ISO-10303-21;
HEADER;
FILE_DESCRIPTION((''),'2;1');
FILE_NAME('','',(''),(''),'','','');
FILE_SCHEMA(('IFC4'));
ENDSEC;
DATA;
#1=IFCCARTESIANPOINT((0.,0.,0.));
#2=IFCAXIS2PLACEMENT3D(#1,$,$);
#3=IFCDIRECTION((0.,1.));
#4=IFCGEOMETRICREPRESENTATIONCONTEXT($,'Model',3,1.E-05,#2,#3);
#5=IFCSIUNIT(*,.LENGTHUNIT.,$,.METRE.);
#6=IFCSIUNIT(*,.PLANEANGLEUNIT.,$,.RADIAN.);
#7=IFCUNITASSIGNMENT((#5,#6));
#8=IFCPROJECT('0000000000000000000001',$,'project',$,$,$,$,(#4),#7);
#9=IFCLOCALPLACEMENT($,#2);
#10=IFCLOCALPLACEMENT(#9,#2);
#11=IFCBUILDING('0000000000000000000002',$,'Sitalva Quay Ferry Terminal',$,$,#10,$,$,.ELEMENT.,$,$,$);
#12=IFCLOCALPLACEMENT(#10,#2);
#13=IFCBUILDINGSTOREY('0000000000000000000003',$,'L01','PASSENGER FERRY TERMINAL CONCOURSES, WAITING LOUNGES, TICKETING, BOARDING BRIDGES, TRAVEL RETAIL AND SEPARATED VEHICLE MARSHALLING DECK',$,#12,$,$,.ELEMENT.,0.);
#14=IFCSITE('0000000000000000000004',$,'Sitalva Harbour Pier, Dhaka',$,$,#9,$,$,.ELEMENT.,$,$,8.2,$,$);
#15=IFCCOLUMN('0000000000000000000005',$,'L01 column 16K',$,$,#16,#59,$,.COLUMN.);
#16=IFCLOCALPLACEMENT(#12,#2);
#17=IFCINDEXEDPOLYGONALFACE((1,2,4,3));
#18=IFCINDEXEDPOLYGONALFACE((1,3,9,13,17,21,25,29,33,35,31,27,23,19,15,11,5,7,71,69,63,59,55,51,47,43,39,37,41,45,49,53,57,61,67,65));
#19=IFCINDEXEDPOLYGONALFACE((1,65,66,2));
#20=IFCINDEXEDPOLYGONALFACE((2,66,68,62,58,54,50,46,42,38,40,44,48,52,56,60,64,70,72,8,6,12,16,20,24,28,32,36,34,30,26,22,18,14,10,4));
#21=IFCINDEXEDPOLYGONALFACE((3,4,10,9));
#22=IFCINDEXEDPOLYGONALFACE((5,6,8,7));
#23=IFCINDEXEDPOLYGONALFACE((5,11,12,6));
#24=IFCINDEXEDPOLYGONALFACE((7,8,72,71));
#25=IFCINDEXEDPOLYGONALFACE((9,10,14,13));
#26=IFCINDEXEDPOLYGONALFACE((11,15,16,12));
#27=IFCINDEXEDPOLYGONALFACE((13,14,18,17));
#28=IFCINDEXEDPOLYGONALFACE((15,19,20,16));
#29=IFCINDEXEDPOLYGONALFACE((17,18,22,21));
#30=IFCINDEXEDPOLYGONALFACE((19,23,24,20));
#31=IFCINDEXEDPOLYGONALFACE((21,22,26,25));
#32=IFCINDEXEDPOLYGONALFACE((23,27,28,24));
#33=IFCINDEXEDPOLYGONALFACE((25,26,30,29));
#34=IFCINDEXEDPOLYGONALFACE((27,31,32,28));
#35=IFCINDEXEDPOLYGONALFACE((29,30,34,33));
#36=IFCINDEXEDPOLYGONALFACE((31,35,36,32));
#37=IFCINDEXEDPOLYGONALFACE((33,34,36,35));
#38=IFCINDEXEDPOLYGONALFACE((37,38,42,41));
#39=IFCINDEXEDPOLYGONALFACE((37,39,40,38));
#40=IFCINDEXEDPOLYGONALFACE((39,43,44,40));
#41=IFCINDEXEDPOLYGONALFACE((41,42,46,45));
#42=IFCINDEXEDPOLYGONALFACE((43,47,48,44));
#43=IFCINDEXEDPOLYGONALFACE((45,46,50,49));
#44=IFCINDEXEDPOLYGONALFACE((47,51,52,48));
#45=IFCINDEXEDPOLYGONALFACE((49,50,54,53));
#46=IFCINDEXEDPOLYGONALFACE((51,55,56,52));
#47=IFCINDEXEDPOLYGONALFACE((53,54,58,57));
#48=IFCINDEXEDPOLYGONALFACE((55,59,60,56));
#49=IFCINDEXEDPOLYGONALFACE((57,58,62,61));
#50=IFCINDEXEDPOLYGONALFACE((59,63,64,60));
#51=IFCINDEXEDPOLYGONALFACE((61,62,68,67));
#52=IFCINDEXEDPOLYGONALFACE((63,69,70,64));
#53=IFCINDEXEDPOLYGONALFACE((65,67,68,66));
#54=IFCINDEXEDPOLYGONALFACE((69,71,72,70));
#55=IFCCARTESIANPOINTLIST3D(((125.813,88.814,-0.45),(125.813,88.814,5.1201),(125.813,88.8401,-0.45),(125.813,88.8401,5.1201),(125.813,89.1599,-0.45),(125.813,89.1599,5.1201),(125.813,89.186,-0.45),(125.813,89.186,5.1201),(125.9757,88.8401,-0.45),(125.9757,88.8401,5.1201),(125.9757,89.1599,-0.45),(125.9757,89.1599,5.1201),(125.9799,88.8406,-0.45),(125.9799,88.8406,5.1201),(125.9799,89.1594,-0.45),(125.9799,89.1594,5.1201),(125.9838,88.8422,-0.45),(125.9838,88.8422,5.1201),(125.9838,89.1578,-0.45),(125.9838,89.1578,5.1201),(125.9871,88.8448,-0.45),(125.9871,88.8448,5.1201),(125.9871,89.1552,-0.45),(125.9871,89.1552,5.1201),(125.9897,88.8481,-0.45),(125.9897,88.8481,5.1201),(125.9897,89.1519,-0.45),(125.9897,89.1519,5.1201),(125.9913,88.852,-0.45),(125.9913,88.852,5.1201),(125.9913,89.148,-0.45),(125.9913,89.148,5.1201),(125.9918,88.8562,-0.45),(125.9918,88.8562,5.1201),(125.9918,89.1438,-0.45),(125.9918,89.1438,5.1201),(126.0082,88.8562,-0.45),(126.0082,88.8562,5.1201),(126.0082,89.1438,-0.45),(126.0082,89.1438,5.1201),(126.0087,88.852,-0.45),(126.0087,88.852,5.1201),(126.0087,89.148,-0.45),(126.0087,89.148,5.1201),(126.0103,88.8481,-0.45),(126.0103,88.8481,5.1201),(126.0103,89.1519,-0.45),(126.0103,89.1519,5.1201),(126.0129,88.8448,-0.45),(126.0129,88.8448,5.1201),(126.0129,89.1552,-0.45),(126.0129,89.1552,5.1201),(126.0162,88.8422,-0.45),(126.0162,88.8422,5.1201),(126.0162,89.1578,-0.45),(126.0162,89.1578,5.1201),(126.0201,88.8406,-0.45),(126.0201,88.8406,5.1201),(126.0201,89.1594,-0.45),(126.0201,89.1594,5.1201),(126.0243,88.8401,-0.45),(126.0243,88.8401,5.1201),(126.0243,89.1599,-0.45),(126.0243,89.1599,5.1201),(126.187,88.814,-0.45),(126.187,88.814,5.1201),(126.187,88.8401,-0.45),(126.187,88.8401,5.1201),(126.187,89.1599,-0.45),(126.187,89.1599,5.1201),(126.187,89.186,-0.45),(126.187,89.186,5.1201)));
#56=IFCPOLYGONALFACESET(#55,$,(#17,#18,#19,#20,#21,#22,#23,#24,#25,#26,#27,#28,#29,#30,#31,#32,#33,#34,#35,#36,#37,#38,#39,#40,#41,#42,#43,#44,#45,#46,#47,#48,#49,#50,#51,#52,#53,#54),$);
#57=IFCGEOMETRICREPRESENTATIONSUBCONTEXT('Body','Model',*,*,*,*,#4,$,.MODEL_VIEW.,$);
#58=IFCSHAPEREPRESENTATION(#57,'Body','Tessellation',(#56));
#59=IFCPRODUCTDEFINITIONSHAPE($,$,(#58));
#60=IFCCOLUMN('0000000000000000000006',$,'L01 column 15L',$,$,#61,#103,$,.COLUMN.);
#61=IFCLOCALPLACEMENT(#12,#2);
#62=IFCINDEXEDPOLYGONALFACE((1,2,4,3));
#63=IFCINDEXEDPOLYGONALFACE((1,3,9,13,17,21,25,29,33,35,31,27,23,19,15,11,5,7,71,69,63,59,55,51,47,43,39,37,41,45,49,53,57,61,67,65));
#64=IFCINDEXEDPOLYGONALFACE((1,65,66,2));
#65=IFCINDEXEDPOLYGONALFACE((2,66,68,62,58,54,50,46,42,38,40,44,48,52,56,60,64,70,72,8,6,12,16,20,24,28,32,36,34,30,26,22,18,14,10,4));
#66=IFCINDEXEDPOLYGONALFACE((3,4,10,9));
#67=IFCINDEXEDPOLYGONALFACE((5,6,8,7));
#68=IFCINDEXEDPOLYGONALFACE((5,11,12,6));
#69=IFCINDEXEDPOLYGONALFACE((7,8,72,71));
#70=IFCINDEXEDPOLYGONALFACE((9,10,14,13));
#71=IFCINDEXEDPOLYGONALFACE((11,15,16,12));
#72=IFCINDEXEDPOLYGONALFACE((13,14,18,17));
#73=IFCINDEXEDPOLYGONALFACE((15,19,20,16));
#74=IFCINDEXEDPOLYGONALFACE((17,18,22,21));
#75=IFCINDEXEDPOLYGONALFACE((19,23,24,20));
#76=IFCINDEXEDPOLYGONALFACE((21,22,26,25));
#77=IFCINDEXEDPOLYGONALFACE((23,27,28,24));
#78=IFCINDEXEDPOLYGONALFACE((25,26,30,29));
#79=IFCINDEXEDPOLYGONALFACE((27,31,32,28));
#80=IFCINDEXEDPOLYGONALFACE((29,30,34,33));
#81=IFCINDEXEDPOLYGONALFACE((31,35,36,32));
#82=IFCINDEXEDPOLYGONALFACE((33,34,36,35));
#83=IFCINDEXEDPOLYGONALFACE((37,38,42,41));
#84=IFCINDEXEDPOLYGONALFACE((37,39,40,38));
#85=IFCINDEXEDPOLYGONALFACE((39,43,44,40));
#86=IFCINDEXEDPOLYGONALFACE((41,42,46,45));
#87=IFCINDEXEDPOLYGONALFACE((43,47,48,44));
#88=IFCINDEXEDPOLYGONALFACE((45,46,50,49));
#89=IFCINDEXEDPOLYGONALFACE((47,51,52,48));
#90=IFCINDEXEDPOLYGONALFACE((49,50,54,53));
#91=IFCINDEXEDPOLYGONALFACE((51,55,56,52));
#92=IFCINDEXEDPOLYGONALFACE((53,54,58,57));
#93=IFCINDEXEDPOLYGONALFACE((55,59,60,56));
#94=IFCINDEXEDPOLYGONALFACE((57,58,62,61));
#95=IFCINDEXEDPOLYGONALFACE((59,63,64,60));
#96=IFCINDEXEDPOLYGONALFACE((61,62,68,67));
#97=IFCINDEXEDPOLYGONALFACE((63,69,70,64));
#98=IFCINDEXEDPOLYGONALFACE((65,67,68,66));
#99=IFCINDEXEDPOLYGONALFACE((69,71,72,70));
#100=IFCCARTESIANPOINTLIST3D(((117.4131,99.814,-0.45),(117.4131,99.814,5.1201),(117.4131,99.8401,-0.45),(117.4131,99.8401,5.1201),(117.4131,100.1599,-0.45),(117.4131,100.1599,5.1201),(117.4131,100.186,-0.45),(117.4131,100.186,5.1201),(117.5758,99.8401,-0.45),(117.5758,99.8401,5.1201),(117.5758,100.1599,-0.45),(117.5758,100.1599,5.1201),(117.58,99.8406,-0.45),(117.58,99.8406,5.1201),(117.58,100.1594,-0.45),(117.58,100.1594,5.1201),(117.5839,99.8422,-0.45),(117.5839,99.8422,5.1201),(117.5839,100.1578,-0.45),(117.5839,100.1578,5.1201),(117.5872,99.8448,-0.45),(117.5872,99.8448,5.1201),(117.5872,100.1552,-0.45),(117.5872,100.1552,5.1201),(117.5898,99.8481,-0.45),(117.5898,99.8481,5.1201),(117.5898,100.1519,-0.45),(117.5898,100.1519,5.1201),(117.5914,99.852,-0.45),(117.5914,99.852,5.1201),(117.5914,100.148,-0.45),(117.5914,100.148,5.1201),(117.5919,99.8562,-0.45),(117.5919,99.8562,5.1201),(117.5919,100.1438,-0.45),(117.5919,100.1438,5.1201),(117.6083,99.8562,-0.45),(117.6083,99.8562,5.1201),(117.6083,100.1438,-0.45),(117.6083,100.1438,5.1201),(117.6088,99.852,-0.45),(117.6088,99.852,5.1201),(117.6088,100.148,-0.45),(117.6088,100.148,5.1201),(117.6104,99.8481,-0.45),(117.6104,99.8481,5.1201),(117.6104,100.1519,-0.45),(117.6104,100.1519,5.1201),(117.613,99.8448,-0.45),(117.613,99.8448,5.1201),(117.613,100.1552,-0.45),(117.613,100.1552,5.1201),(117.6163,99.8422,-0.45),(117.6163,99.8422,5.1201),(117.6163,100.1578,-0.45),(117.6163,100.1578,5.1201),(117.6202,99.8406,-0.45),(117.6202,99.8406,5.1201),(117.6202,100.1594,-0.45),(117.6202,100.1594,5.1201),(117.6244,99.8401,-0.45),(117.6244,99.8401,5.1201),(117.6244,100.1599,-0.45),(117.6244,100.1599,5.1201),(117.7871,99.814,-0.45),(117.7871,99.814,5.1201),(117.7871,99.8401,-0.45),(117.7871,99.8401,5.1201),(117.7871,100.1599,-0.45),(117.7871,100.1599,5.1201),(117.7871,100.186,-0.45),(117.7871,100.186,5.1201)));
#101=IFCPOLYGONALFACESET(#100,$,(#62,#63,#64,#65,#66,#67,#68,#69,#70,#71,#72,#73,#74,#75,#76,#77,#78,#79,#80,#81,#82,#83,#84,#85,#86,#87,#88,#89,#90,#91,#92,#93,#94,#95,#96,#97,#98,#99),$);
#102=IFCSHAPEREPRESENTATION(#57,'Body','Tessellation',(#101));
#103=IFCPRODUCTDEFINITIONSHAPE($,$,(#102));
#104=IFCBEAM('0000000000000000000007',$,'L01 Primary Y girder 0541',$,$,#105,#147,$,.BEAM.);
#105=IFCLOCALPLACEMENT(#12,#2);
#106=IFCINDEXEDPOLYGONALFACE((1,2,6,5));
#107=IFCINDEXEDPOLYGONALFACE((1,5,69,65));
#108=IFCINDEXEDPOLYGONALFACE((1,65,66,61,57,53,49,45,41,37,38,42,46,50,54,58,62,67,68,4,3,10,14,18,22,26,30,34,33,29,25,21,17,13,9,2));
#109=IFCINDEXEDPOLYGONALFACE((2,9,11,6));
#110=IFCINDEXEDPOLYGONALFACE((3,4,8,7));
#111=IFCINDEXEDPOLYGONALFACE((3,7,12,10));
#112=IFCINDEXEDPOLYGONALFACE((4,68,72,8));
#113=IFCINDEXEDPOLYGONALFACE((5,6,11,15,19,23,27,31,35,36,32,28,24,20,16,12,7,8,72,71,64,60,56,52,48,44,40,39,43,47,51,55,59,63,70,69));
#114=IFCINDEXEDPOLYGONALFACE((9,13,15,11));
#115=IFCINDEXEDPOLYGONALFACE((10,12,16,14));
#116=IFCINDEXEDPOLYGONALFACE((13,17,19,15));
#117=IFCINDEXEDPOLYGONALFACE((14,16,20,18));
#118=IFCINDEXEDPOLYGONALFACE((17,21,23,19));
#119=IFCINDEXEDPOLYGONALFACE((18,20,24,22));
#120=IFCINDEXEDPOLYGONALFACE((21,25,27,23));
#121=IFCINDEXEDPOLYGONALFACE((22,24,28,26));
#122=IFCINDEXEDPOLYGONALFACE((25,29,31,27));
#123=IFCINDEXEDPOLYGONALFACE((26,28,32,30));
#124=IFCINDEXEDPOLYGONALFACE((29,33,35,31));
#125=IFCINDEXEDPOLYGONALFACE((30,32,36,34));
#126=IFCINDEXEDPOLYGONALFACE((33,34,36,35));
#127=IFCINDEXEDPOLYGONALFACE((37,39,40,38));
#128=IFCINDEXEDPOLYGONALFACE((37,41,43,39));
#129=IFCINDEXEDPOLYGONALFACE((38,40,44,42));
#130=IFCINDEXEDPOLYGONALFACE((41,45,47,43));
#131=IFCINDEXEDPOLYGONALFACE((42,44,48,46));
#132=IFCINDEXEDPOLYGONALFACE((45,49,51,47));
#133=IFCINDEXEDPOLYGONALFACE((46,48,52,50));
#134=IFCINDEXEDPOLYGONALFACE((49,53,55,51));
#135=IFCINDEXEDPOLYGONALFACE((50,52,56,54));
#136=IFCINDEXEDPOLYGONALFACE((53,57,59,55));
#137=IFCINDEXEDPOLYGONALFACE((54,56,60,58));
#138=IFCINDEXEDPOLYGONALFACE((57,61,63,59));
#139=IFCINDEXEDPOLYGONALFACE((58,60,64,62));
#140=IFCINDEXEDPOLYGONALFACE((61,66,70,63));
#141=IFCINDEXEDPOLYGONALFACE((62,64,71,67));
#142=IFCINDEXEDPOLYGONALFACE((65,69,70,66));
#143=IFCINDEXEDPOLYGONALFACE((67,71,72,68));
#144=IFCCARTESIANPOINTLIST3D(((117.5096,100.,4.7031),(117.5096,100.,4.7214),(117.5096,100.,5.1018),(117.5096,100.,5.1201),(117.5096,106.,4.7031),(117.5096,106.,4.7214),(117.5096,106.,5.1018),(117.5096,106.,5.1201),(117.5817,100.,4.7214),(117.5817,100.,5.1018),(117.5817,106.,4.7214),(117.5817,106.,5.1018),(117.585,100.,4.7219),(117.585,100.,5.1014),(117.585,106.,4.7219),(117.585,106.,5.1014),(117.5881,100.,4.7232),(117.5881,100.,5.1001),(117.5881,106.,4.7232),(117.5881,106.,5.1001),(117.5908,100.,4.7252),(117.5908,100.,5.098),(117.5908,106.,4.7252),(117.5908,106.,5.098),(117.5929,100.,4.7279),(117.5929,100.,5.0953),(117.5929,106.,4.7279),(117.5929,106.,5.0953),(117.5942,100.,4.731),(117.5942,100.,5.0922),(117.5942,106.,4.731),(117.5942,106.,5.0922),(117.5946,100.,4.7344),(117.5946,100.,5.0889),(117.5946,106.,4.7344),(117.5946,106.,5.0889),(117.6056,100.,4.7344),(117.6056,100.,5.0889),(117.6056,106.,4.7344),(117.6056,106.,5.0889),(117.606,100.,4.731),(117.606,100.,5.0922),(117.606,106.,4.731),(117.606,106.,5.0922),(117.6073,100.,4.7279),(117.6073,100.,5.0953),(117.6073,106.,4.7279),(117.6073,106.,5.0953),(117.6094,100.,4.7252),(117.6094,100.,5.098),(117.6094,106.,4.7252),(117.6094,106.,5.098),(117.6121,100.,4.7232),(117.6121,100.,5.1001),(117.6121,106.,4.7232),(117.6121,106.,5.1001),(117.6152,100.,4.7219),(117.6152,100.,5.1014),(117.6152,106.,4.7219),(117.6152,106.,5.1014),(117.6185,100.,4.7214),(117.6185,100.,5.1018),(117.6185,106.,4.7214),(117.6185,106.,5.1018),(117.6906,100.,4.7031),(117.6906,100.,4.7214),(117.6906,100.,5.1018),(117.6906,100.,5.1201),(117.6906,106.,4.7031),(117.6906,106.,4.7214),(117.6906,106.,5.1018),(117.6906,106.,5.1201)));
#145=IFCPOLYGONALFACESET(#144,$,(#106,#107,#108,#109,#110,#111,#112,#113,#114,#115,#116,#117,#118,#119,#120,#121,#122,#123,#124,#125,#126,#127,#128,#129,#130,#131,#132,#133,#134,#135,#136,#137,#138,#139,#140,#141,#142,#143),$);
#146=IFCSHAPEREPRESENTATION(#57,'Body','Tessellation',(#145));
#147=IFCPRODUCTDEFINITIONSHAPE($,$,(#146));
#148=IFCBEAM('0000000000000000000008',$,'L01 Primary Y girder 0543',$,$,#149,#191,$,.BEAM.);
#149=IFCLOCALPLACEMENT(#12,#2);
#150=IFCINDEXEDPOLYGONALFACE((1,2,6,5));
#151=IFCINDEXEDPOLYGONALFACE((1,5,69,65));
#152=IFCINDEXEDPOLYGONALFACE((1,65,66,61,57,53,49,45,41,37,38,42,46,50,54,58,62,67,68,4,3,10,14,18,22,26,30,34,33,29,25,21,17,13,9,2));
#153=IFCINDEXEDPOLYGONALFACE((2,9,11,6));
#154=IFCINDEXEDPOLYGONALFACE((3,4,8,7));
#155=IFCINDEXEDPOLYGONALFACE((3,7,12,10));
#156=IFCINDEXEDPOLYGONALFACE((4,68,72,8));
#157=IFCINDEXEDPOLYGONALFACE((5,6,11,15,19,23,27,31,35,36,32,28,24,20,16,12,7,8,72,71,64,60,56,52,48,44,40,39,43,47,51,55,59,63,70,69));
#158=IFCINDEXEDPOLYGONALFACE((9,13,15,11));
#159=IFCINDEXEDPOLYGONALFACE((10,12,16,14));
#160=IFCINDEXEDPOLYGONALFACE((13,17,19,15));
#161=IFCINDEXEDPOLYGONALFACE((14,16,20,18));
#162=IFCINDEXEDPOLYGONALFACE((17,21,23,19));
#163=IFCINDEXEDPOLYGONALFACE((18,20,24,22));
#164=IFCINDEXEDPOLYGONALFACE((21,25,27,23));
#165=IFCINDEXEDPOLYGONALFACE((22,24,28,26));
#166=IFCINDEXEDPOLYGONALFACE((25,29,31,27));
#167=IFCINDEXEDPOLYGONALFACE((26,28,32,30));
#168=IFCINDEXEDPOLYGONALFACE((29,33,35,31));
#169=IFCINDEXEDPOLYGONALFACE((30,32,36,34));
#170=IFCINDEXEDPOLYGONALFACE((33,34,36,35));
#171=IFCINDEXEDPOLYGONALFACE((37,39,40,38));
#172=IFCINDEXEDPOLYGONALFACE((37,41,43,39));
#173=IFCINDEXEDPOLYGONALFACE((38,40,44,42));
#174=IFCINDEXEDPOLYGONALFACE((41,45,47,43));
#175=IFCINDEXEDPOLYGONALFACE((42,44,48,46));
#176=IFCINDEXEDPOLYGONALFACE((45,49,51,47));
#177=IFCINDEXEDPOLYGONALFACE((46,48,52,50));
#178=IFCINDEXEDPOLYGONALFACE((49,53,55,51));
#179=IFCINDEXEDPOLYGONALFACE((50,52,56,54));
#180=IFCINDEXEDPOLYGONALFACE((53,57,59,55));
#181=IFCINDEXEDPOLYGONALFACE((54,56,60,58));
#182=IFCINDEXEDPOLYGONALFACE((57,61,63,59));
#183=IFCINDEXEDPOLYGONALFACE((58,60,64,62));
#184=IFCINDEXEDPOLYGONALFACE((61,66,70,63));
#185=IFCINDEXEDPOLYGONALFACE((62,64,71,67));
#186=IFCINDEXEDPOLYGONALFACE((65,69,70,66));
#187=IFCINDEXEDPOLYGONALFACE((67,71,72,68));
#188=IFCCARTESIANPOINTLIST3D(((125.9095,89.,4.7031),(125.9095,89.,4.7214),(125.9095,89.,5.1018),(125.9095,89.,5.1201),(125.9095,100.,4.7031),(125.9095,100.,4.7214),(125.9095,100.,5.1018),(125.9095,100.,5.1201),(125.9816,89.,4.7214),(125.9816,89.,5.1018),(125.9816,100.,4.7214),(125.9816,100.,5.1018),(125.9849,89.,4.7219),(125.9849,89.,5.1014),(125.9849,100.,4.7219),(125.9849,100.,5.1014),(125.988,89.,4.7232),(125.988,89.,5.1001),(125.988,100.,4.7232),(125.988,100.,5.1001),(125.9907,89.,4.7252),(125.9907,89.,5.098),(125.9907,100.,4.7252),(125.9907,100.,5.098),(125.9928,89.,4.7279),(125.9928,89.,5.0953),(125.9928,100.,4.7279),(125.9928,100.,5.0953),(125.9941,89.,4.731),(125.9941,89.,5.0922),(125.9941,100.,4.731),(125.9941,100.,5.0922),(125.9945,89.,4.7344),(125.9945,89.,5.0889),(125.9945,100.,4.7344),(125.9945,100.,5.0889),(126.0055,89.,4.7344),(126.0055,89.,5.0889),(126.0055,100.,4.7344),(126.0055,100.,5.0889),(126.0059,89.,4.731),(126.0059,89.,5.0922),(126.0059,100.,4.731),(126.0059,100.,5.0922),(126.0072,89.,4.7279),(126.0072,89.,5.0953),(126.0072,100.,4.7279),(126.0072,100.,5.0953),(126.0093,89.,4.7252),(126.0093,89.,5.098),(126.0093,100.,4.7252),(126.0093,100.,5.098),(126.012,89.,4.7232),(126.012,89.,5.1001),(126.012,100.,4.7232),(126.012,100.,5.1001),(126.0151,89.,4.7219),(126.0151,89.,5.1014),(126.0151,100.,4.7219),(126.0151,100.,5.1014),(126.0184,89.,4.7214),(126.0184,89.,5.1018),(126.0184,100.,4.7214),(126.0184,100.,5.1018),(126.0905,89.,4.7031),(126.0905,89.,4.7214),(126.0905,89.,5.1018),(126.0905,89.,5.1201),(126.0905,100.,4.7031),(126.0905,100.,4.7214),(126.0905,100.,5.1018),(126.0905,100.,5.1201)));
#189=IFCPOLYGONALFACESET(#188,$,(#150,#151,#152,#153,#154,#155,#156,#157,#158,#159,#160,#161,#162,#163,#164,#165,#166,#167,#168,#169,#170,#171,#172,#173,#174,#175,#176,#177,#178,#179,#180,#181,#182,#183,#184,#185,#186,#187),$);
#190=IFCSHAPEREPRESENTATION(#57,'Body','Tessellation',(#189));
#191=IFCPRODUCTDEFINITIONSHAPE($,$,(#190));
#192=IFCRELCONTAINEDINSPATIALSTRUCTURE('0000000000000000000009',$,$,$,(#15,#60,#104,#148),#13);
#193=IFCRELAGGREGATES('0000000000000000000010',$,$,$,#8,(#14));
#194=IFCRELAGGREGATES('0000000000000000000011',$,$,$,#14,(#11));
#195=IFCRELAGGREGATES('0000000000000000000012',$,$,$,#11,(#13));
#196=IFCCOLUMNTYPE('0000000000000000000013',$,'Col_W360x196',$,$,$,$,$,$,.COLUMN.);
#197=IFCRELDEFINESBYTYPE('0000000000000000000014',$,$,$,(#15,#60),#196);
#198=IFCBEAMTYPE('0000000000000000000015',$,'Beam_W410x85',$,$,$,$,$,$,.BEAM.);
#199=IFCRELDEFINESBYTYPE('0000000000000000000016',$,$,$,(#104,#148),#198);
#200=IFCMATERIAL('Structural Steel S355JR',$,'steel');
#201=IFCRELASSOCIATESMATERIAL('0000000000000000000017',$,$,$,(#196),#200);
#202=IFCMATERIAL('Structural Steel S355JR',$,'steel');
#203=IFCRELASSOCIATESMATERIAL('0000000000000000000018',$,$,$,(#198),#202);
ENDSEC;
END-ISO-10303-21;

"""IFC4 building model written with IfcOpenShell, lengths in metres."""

from ifc_helpers import new_model, si_unit, direction, frame, origin, origin_2d, place, context, subcontext, project, spatial, i_section, extrude, material, material_profile, profile_set, type_object, element, save


model = new_model("IFC4")

# Units and contexts
model_context = context("Model", 3, precision=1e-05, world=origin(), true_north=direction((0.0, 1.0)))
body_context = subcontext(model_context, "Body", "Model", "MODEL_VIEW")
ifc_project = project(units=[si_unit("LENGTHUNIT", "METRE"), si_unit("PLANEANGLEUNIT", "RADIAN")], contexts=[model_context])

# Site, building, storey
site_placement = place(None, origin())
site = spatial("IfcSite", under=ifc_project, at=site_placement, Name="Sitalva Harbour Pier, Dhaka", CompositionType="ELEMENT", RefElevation=8.2)
building_placement = place(site_placement, origin())
building = spatial("IfcBuilding", under=site, at=building_placement, Name="Sitalva Quay Ferry Terminal", CompositionType="ELEMENT")
storey_placement = place(building_placement, origin())
storey = spatial("IfcBuildingStorey", under=building, at=storey_placement, Name="L01", Description="PASSENGER FERRY TERMINAL CONCOURSES, WAITING LOUNGES, TICKETING, BOARDING BRIDGES, TRAVEL RETAIL AND SEPARATED VEHICLE MARSHALLING DECK", CompositionType="ELEMENT", Elevation=0.0)

# Columns
ifc_material_1 = material(Name="Structural Steel S355JR", Category="steel")
ifc_material_profile_1 = material_profile(ifc_material_1, i_section(OverallWidth=0.374, OverallDepth=0.3721, WebThickness=0.0164, FlangeThickness=0.0261, FilletRadius=0.0161, at=origin_2d()), Name="W360x196")
ifc_profile_set_1 = profile_set([ifc_material_profile_1], Name="Structural Steel S355JR")
column_type = type_object("IfcColumnType", Name="Col_W360x196", PredefinedType="COLUMN", material=ifc_profile_set_1)
for number, where, z_axis, x_axis, name in (
    (1, (126.0, 89.0, -0.45), (0.0, 0.0, 1.0), (1.0, 0.0, 0.0), "L01 column 16K"),
    (2, (117.6001, 100.0, -0.45), (0.0, 0.0, 1.0), (1.0, 0.0, 0.0), "L01 column 15L"),
):
    element("IfcColumn", number, at=place(storey_placement, frame(where, z_axis=z_axis, x_axis=x_axis)), inside=storey, type_object=column_type, Name=name, PredefinedType="COLUMN", context=body_context, shape_type="SweptSolid", body=[
        extrude(i_section(OverallWidth=0.374, OverallDepth=0.3721, WebThickness=0.0164, FlangeThickness=0.0261, FilletRadius=0.0161, at=origin_2d()), origin(), (0.0, 0.0, 1.0), 5.5701),
    ])

# Beams
ifc_material_2 = material(Name="Structural Steel S355JR", Category="steel")
ifc_material_profile_2 = material_profile(ifc_material_2, i_section(OverallWidth=0.1809, OverallDepth=0.417, WebThickness=0.011, FlangeThickness=0.0183, FilletRadius=0.0129, at=origin_2d()), Name="W410x85")
ifc_profile_set_2 = profile_set([ifc_material_profile_2], Name="Structural Steel S355JR")
beam_type_1 = type_object("IfcBeamType", Name="Beam_W410x85", PredefinedType="BEAM", material=ifc_profile_set_2)
beam_1_placement = place(storey_placement, frame((117.6001, 100.0, 4.9116), z_axis=(0.0, 1.0, 0.0), x_axis=(-1.0, 0.0, 0.0)))
element("IfcBeam", 3, at=beam_1_placement, inside=storey, type_object=beam_type_1, Name="L01 Primary Y girder 0541", PredefinedType="BEAM", context=body_context, shape_type="SweptSolid", body=[
    extrude(i_section(OverallWidth=0.1809, OverallDepth=0.417, WebThickness=0.011, FlangeThickness=0.0183, FilletRadius=0.0129, at=origin_2d()), origin(), (0.0, 0.0, 1.0), 6.0),
])
beam_2_placement = place(storey_placement, frame((126.0, 89.0, 4.9116), z_axis=(0.0, 1.0, 0.0), x_axis=(-1.0, 0.0, 0.0)))
element("IfcBeam", 4, at=beam_2_placement, inside=storey, type_object=beam_type_1, Name="L01 Primary Y girder 0543", PredefinedType="BEAM", context=body_context, shape_type="SweptSolid", body=[
    extrude(i_section(OverallWidth=0.1809, OverallDepth=0.417, WebThickness=0.011, FlangeThickness=0.0183, FilletRadius=0.0129, at=origin_2d()), origin(), (0.0, 0.0, 1.0), 11.0),
])

save(model, "model.ifc")
